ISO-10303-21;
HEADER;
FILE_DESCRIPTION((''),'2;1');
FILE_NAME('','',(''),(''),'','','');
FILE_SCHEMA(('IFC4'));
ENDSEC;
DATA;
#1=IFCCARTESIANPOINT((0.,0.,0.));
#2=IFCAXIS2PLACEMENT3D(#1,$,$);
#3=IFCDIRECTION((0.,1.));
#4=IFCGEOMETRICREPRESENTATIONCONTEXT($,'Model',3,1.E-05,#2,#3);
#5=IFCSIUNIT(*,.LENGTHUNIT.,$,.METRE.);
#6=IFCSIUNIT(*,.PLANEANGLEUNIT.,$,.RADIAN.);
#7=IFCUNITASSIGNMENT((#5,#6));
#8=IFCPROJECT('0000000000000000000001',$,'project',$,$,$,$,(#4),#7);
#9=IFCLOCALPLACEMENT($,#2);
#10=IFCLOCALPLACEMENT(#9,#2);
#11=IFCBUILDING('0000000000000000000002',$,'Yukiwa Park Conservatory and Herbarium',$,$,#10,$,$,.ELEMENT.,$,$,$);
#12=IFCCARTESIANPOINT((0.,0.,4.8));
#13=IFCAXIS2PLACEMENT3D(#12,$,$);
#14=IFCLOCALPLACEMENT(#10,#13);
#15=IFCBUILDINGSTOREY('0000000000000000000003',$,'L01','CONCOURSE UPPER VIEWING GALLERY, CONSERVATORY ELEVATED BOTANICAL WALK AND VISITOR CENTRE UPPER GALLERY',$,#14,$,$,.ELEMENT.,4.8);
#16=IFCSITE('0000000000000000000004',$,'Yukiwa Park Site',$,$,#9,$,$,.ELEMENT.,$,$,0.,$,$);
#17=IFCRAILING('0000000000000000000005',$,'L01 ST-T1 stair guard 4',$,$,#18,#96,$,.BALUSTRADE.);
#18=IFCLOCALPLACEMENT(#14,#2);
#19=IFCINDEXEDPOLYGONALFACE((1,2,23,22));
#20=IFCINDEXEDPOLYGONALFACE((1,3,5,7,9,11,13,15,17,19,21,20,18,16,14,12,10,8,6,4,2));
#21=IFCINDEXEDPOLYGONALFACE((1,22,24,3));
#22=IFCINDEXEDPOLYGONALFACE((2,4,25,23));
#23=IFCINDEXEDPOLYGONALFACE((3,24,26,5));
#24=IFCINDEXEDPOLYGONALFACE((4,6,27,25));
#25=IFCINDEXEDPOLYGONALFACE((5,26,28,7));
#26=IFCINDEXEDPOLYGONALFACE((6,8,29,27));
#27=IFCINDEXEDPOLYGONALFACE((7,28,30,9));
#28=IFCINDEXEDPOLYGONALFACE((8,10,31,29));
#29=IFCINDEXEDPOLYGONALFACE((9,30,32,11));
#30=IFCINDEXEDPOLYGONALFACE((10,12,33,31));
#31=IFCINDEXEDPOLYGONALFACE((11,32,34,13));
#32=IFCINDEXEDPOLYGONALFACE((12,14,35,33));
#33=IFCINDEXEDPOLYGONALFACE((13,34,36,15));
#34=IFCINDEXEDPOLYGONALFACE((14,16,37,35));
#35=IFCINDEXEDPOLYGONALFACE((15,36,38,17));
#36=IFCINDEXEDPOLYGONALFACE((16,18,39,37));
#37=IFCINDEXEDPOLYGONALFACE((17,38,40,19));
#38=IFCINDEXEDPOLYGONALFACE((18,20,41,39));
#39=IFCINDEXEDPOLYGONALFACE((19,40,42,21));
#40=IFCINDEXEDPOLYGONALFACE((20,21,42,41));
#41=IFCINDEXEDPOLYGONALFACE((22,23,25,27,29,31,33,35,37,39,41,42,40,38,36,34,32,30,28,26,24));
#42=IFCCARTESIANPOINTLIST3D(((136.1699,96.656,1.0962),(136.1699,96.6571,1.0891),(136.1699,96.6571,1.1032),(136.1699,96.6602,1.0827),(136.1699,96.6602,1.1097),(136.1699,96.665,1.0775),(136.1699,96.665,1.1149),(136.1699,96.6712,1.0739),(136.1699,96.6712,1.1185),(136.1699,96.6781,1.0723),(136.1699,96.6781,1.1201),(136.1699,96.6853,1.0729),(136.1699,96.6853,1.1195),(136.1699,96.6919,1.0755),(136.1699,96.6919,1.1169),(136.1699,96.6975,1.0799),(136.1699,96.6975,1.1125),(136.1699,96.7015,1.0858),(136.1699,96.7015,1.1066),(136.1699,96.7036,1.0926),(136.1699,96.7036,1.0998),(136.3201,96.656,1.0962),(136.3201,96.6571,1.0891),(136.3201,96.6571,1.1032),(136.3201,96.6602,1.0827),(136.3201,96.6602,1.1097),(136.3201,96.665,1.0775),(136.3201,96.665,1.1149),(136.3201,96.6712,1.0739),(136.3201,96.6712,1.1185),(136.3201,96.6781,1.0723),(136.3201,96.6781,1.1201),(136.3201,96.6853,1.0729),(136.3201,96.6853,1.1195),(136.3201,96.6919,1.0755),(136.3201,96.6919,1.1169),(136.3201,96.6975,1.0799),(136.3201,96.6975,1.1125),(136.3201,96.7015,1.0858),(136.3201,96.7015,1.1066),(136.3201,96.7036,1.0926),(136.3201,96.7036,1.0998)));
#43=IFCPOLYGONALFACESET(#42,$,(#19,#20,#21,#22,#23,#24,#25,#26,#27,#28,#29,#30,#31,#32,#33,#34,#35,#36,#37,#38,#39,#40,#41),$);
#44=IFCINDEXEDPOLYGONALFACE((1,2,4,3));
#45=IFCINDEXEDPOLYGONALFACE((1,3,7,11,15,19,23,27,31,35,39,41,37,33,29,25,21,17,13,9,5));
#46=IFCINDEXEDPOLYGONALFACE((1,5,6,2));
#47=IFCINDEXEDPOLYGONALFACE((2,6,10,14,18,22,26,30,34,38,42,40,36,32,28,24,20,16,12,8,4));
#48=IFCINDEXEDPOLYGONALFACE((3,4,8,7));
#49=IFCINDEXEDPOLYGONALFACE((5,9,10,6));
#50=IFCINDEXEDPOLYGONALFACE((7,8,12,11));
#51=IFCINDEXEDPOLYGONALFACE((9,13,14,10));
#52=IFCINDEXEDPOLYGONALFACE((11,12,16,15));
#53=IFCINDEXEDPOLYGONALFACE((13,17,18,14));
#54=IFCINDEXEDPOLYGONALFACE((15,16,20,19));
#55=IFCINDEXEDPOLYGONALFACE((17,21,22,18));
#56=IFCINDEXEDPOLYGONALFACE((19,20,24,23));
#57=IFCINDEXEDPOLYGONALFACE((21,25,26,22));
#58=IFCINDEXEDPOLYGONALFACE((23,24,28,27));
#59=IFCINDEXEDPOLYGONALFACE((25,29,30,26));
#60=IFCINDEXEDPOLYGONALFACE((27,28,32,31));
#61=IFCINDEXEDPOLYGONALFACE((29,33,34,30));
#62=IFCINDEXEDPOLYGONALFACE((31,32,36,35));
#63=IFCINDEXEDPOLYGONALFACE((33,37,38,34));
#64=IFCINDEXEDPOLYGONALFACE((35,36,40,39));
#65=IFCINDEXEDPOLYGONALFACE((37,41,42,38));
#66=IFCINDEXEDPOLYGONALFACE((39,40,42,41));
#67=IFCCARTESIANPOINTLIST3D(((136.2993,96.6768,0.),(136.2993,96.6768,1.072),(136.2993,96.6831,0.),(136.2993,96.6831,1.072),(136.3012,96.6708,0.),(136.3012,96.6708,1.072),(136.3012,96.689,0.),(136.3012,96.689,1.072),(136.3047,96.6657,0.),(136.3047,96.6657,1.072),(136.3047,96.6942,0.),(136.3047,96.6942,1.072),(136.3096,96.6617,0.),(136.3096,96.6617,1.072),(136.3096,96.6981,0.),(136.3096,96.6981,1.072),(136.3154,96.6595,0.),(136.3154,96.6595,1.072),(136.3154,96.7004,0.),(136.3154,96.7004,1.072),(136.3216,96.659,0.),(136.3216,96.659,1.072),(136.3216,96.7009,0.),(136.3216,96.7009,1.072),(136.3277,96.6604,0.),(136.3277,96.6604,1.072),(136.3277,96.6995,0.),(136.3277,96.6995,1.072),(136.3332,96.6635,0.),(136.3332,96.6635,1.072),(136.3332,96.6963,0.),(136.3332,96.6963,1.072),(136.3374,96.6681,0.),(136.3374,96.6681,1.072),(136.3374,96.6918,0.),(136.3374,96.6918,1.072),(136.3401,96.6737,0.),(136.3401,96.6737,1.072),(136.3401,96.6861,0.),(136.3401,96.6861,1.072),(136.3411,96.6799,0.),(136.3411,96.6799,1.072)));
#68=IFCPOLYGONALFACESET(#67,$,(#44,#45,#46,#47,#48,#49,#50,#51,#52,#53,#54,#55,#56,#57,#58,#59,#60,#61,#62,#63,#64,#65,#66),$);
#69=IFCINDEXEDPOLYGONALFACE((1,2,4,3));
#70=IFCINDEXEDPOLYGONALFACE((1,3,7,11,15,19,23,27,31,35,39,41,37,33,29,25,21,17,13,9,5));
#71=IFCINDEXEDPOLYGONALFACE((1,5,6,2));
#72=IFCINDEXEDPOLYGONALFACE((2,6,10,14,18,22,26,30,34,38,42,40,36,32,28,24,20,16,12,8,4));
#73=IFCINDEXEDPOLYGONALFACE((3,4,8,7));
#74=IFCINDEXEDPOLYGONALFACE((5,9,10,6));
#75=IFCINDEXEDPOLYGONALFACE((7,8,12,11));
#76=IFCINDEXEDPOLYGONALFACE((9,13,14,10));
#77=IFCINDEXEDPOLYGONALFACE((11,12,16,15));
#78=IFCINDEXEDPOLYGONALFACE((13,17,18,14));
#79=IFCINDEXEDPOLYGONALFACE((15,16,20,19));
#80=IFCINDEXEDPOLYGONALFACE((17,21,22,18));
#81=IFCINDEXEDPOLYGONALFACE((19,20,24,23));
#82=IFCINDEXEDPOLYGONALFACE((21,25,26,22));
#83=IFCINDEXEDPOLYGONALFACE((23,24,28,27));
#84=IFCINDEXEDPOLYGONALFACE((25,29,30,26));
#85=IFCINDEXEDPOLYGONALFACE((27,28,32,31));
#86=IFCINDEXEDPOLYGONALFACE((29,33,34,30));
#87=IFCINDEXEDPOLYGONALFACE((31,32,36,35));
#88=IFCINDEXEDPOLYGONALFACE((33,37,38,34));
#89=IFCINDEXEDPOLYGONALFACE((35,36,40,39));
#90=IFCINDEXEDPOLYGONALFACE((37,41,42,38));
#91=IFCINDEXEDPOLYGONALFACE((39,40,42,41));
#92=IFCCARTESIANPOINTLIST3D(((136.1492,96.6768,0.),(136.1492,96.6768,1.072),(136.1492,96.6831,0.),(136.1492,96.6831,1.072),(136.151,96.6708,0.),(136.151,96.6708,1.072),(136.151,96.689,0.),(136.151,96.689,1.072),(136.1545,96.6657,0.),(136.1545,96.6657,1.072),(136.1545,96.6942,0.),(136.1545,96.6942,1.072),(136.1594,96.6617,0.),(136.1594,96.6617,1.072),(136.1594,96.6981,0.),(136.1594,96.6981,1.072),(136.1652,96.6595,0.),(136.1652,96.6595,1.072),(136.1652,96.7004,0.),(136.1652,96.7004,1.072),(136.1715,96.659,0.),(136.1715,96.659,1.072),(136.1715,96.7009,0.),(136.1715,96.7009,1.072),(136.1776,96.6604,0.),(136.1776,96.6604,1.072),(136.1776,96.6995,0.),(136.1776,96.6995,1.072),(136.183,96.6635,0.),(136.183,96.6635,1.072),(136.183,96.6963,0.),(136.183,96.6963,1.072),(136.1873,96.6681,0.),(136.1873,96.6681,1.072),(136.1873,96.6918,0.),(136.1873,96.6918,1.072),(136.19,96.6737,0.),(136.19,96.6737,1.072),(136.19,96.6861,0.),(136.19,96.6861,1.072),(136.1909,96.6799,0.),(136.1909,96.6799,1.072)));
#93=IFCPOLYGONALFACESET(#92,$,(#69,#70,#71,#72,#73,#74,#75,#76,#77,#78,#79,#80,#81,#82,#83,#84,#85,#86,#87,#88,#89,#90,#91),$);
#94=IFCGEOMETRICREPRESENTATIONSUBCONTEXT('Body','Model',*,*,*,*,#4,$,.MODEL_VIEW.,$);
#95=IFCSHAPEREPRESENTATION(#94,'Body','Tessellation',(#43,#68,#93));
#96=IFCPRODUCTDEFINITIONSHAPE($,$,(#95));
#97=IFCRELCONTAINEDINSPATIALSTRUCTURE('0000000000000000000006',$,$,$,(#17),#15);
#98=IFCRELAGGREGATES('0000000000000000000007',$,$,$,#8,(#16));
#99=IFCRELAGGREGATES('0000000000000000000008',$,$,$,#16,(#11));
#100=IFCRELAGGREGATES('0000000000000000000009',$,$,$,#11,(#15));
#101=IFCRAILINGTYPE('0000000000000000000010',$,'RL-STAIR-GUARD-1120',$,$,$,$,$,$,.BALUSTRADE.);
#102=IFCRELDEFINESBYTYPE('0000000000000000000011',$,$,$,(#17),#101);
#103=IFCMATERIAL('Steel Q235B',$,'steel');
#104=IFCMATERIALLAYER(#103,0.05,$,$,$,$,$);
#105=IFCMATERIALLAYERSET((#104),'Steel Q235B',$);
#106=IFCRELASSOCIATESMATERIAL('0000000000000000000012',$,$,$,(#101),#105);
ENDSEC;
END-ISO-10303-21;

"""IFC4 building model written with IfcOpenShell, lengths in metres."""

from ifc_helpers import new_model, si_unit, direction, frame, origin, origin_2d, place, context, subcontext, project, spatial, circle, extrude, material, layer, layer_set, type_object, element, save


model = new_model("IFC4")

# Units and contexts
model_context = context("Model", 3, precision=1e-05, world=origin(), true_north=direction((0.0, 1.0)))
body_context = subcontext(model_context, "Body", "Model", "MODEL_VIEW")
ifc_project = project(units=[si_unit("LENGTHUNIT", "METRE"), si_unit("PLANEANGLEUNIT", "RADIAN")], contexts=[model_context])

# Site, building, storey
site_placement = place(None, origin())
site = spatial("IfcSite", under=ifc_project, at=site_placement, Name="Yukiwa Park Site", CompositionType="ELEMENT", RefElevation=0.0)
building_placement = place(site_placement, origin())
building = spatial("IfcBuilding", under=site, at=building_placement, Name="Yukiwa Park Conservatory and Herbarium", CompositionType="ELEMENT")
storey_placement = place(building_placement, frame((0.0, 0.0, 4.8)))
storey = spatial("IfcBuildingStorey", under=building, at=storey_placement, Name="L01", Description="CONCOURSE UPPER VIEWING GALLERY, CONSERVATORY ELEVATED BOTANICAL WALK AND VISITOR CENTRE UPPER GALLERY", CompositionType="ELEMENT", Elevation=4.8)

# Railing
ifc_material_1 = material(Name="Steel Q235B", Category="steel")
ifc_layer_1 = layer(ifc_material_1, 0.05)
ifc_layer_set_1 = layer_set([ifc_layer_1], Name="Steel Q235B")
railing_type_1 = type_object("IfcRailingType", Name="RL-STAIR-GUARD-1120", PredefinedType="BALUSTRADE", material=ifc_layer_set_1)
railing_1_placement = place(storey_placement, frame((136.3201, 96.6799, 0.0)))
element("IfcRailing", 1, at=railing_1_placement, inside=storey, type_object=railing_type_1, Name="L01 ST-T1 stair guard 4", PredefinedType="BALUSTRADE", context=body_context, shape_type="SweptSolid", body=[
    extrude(circle(Radius=0.0239, at=origin_2d()), frame((0.0, 0.0, 1.0962), z_axis=(-1.0, 0.0, 0.0), x_axis=(0.0, -1.0, 0.0)), (0.0, 0.0, 1.0), 0.1501),
    extrude(circle(Radius=0.021, at=origin_2d()), origin(), (0.0, 0.0, 1.0), 1.072),
    extrude(circle(Radius=0.021, at=origin_2d()), frame((-0.1501, 0.0, 0.0)), (0.0, 0.0, 1.0), 1.072),
])

save(model, "model.ifc")
